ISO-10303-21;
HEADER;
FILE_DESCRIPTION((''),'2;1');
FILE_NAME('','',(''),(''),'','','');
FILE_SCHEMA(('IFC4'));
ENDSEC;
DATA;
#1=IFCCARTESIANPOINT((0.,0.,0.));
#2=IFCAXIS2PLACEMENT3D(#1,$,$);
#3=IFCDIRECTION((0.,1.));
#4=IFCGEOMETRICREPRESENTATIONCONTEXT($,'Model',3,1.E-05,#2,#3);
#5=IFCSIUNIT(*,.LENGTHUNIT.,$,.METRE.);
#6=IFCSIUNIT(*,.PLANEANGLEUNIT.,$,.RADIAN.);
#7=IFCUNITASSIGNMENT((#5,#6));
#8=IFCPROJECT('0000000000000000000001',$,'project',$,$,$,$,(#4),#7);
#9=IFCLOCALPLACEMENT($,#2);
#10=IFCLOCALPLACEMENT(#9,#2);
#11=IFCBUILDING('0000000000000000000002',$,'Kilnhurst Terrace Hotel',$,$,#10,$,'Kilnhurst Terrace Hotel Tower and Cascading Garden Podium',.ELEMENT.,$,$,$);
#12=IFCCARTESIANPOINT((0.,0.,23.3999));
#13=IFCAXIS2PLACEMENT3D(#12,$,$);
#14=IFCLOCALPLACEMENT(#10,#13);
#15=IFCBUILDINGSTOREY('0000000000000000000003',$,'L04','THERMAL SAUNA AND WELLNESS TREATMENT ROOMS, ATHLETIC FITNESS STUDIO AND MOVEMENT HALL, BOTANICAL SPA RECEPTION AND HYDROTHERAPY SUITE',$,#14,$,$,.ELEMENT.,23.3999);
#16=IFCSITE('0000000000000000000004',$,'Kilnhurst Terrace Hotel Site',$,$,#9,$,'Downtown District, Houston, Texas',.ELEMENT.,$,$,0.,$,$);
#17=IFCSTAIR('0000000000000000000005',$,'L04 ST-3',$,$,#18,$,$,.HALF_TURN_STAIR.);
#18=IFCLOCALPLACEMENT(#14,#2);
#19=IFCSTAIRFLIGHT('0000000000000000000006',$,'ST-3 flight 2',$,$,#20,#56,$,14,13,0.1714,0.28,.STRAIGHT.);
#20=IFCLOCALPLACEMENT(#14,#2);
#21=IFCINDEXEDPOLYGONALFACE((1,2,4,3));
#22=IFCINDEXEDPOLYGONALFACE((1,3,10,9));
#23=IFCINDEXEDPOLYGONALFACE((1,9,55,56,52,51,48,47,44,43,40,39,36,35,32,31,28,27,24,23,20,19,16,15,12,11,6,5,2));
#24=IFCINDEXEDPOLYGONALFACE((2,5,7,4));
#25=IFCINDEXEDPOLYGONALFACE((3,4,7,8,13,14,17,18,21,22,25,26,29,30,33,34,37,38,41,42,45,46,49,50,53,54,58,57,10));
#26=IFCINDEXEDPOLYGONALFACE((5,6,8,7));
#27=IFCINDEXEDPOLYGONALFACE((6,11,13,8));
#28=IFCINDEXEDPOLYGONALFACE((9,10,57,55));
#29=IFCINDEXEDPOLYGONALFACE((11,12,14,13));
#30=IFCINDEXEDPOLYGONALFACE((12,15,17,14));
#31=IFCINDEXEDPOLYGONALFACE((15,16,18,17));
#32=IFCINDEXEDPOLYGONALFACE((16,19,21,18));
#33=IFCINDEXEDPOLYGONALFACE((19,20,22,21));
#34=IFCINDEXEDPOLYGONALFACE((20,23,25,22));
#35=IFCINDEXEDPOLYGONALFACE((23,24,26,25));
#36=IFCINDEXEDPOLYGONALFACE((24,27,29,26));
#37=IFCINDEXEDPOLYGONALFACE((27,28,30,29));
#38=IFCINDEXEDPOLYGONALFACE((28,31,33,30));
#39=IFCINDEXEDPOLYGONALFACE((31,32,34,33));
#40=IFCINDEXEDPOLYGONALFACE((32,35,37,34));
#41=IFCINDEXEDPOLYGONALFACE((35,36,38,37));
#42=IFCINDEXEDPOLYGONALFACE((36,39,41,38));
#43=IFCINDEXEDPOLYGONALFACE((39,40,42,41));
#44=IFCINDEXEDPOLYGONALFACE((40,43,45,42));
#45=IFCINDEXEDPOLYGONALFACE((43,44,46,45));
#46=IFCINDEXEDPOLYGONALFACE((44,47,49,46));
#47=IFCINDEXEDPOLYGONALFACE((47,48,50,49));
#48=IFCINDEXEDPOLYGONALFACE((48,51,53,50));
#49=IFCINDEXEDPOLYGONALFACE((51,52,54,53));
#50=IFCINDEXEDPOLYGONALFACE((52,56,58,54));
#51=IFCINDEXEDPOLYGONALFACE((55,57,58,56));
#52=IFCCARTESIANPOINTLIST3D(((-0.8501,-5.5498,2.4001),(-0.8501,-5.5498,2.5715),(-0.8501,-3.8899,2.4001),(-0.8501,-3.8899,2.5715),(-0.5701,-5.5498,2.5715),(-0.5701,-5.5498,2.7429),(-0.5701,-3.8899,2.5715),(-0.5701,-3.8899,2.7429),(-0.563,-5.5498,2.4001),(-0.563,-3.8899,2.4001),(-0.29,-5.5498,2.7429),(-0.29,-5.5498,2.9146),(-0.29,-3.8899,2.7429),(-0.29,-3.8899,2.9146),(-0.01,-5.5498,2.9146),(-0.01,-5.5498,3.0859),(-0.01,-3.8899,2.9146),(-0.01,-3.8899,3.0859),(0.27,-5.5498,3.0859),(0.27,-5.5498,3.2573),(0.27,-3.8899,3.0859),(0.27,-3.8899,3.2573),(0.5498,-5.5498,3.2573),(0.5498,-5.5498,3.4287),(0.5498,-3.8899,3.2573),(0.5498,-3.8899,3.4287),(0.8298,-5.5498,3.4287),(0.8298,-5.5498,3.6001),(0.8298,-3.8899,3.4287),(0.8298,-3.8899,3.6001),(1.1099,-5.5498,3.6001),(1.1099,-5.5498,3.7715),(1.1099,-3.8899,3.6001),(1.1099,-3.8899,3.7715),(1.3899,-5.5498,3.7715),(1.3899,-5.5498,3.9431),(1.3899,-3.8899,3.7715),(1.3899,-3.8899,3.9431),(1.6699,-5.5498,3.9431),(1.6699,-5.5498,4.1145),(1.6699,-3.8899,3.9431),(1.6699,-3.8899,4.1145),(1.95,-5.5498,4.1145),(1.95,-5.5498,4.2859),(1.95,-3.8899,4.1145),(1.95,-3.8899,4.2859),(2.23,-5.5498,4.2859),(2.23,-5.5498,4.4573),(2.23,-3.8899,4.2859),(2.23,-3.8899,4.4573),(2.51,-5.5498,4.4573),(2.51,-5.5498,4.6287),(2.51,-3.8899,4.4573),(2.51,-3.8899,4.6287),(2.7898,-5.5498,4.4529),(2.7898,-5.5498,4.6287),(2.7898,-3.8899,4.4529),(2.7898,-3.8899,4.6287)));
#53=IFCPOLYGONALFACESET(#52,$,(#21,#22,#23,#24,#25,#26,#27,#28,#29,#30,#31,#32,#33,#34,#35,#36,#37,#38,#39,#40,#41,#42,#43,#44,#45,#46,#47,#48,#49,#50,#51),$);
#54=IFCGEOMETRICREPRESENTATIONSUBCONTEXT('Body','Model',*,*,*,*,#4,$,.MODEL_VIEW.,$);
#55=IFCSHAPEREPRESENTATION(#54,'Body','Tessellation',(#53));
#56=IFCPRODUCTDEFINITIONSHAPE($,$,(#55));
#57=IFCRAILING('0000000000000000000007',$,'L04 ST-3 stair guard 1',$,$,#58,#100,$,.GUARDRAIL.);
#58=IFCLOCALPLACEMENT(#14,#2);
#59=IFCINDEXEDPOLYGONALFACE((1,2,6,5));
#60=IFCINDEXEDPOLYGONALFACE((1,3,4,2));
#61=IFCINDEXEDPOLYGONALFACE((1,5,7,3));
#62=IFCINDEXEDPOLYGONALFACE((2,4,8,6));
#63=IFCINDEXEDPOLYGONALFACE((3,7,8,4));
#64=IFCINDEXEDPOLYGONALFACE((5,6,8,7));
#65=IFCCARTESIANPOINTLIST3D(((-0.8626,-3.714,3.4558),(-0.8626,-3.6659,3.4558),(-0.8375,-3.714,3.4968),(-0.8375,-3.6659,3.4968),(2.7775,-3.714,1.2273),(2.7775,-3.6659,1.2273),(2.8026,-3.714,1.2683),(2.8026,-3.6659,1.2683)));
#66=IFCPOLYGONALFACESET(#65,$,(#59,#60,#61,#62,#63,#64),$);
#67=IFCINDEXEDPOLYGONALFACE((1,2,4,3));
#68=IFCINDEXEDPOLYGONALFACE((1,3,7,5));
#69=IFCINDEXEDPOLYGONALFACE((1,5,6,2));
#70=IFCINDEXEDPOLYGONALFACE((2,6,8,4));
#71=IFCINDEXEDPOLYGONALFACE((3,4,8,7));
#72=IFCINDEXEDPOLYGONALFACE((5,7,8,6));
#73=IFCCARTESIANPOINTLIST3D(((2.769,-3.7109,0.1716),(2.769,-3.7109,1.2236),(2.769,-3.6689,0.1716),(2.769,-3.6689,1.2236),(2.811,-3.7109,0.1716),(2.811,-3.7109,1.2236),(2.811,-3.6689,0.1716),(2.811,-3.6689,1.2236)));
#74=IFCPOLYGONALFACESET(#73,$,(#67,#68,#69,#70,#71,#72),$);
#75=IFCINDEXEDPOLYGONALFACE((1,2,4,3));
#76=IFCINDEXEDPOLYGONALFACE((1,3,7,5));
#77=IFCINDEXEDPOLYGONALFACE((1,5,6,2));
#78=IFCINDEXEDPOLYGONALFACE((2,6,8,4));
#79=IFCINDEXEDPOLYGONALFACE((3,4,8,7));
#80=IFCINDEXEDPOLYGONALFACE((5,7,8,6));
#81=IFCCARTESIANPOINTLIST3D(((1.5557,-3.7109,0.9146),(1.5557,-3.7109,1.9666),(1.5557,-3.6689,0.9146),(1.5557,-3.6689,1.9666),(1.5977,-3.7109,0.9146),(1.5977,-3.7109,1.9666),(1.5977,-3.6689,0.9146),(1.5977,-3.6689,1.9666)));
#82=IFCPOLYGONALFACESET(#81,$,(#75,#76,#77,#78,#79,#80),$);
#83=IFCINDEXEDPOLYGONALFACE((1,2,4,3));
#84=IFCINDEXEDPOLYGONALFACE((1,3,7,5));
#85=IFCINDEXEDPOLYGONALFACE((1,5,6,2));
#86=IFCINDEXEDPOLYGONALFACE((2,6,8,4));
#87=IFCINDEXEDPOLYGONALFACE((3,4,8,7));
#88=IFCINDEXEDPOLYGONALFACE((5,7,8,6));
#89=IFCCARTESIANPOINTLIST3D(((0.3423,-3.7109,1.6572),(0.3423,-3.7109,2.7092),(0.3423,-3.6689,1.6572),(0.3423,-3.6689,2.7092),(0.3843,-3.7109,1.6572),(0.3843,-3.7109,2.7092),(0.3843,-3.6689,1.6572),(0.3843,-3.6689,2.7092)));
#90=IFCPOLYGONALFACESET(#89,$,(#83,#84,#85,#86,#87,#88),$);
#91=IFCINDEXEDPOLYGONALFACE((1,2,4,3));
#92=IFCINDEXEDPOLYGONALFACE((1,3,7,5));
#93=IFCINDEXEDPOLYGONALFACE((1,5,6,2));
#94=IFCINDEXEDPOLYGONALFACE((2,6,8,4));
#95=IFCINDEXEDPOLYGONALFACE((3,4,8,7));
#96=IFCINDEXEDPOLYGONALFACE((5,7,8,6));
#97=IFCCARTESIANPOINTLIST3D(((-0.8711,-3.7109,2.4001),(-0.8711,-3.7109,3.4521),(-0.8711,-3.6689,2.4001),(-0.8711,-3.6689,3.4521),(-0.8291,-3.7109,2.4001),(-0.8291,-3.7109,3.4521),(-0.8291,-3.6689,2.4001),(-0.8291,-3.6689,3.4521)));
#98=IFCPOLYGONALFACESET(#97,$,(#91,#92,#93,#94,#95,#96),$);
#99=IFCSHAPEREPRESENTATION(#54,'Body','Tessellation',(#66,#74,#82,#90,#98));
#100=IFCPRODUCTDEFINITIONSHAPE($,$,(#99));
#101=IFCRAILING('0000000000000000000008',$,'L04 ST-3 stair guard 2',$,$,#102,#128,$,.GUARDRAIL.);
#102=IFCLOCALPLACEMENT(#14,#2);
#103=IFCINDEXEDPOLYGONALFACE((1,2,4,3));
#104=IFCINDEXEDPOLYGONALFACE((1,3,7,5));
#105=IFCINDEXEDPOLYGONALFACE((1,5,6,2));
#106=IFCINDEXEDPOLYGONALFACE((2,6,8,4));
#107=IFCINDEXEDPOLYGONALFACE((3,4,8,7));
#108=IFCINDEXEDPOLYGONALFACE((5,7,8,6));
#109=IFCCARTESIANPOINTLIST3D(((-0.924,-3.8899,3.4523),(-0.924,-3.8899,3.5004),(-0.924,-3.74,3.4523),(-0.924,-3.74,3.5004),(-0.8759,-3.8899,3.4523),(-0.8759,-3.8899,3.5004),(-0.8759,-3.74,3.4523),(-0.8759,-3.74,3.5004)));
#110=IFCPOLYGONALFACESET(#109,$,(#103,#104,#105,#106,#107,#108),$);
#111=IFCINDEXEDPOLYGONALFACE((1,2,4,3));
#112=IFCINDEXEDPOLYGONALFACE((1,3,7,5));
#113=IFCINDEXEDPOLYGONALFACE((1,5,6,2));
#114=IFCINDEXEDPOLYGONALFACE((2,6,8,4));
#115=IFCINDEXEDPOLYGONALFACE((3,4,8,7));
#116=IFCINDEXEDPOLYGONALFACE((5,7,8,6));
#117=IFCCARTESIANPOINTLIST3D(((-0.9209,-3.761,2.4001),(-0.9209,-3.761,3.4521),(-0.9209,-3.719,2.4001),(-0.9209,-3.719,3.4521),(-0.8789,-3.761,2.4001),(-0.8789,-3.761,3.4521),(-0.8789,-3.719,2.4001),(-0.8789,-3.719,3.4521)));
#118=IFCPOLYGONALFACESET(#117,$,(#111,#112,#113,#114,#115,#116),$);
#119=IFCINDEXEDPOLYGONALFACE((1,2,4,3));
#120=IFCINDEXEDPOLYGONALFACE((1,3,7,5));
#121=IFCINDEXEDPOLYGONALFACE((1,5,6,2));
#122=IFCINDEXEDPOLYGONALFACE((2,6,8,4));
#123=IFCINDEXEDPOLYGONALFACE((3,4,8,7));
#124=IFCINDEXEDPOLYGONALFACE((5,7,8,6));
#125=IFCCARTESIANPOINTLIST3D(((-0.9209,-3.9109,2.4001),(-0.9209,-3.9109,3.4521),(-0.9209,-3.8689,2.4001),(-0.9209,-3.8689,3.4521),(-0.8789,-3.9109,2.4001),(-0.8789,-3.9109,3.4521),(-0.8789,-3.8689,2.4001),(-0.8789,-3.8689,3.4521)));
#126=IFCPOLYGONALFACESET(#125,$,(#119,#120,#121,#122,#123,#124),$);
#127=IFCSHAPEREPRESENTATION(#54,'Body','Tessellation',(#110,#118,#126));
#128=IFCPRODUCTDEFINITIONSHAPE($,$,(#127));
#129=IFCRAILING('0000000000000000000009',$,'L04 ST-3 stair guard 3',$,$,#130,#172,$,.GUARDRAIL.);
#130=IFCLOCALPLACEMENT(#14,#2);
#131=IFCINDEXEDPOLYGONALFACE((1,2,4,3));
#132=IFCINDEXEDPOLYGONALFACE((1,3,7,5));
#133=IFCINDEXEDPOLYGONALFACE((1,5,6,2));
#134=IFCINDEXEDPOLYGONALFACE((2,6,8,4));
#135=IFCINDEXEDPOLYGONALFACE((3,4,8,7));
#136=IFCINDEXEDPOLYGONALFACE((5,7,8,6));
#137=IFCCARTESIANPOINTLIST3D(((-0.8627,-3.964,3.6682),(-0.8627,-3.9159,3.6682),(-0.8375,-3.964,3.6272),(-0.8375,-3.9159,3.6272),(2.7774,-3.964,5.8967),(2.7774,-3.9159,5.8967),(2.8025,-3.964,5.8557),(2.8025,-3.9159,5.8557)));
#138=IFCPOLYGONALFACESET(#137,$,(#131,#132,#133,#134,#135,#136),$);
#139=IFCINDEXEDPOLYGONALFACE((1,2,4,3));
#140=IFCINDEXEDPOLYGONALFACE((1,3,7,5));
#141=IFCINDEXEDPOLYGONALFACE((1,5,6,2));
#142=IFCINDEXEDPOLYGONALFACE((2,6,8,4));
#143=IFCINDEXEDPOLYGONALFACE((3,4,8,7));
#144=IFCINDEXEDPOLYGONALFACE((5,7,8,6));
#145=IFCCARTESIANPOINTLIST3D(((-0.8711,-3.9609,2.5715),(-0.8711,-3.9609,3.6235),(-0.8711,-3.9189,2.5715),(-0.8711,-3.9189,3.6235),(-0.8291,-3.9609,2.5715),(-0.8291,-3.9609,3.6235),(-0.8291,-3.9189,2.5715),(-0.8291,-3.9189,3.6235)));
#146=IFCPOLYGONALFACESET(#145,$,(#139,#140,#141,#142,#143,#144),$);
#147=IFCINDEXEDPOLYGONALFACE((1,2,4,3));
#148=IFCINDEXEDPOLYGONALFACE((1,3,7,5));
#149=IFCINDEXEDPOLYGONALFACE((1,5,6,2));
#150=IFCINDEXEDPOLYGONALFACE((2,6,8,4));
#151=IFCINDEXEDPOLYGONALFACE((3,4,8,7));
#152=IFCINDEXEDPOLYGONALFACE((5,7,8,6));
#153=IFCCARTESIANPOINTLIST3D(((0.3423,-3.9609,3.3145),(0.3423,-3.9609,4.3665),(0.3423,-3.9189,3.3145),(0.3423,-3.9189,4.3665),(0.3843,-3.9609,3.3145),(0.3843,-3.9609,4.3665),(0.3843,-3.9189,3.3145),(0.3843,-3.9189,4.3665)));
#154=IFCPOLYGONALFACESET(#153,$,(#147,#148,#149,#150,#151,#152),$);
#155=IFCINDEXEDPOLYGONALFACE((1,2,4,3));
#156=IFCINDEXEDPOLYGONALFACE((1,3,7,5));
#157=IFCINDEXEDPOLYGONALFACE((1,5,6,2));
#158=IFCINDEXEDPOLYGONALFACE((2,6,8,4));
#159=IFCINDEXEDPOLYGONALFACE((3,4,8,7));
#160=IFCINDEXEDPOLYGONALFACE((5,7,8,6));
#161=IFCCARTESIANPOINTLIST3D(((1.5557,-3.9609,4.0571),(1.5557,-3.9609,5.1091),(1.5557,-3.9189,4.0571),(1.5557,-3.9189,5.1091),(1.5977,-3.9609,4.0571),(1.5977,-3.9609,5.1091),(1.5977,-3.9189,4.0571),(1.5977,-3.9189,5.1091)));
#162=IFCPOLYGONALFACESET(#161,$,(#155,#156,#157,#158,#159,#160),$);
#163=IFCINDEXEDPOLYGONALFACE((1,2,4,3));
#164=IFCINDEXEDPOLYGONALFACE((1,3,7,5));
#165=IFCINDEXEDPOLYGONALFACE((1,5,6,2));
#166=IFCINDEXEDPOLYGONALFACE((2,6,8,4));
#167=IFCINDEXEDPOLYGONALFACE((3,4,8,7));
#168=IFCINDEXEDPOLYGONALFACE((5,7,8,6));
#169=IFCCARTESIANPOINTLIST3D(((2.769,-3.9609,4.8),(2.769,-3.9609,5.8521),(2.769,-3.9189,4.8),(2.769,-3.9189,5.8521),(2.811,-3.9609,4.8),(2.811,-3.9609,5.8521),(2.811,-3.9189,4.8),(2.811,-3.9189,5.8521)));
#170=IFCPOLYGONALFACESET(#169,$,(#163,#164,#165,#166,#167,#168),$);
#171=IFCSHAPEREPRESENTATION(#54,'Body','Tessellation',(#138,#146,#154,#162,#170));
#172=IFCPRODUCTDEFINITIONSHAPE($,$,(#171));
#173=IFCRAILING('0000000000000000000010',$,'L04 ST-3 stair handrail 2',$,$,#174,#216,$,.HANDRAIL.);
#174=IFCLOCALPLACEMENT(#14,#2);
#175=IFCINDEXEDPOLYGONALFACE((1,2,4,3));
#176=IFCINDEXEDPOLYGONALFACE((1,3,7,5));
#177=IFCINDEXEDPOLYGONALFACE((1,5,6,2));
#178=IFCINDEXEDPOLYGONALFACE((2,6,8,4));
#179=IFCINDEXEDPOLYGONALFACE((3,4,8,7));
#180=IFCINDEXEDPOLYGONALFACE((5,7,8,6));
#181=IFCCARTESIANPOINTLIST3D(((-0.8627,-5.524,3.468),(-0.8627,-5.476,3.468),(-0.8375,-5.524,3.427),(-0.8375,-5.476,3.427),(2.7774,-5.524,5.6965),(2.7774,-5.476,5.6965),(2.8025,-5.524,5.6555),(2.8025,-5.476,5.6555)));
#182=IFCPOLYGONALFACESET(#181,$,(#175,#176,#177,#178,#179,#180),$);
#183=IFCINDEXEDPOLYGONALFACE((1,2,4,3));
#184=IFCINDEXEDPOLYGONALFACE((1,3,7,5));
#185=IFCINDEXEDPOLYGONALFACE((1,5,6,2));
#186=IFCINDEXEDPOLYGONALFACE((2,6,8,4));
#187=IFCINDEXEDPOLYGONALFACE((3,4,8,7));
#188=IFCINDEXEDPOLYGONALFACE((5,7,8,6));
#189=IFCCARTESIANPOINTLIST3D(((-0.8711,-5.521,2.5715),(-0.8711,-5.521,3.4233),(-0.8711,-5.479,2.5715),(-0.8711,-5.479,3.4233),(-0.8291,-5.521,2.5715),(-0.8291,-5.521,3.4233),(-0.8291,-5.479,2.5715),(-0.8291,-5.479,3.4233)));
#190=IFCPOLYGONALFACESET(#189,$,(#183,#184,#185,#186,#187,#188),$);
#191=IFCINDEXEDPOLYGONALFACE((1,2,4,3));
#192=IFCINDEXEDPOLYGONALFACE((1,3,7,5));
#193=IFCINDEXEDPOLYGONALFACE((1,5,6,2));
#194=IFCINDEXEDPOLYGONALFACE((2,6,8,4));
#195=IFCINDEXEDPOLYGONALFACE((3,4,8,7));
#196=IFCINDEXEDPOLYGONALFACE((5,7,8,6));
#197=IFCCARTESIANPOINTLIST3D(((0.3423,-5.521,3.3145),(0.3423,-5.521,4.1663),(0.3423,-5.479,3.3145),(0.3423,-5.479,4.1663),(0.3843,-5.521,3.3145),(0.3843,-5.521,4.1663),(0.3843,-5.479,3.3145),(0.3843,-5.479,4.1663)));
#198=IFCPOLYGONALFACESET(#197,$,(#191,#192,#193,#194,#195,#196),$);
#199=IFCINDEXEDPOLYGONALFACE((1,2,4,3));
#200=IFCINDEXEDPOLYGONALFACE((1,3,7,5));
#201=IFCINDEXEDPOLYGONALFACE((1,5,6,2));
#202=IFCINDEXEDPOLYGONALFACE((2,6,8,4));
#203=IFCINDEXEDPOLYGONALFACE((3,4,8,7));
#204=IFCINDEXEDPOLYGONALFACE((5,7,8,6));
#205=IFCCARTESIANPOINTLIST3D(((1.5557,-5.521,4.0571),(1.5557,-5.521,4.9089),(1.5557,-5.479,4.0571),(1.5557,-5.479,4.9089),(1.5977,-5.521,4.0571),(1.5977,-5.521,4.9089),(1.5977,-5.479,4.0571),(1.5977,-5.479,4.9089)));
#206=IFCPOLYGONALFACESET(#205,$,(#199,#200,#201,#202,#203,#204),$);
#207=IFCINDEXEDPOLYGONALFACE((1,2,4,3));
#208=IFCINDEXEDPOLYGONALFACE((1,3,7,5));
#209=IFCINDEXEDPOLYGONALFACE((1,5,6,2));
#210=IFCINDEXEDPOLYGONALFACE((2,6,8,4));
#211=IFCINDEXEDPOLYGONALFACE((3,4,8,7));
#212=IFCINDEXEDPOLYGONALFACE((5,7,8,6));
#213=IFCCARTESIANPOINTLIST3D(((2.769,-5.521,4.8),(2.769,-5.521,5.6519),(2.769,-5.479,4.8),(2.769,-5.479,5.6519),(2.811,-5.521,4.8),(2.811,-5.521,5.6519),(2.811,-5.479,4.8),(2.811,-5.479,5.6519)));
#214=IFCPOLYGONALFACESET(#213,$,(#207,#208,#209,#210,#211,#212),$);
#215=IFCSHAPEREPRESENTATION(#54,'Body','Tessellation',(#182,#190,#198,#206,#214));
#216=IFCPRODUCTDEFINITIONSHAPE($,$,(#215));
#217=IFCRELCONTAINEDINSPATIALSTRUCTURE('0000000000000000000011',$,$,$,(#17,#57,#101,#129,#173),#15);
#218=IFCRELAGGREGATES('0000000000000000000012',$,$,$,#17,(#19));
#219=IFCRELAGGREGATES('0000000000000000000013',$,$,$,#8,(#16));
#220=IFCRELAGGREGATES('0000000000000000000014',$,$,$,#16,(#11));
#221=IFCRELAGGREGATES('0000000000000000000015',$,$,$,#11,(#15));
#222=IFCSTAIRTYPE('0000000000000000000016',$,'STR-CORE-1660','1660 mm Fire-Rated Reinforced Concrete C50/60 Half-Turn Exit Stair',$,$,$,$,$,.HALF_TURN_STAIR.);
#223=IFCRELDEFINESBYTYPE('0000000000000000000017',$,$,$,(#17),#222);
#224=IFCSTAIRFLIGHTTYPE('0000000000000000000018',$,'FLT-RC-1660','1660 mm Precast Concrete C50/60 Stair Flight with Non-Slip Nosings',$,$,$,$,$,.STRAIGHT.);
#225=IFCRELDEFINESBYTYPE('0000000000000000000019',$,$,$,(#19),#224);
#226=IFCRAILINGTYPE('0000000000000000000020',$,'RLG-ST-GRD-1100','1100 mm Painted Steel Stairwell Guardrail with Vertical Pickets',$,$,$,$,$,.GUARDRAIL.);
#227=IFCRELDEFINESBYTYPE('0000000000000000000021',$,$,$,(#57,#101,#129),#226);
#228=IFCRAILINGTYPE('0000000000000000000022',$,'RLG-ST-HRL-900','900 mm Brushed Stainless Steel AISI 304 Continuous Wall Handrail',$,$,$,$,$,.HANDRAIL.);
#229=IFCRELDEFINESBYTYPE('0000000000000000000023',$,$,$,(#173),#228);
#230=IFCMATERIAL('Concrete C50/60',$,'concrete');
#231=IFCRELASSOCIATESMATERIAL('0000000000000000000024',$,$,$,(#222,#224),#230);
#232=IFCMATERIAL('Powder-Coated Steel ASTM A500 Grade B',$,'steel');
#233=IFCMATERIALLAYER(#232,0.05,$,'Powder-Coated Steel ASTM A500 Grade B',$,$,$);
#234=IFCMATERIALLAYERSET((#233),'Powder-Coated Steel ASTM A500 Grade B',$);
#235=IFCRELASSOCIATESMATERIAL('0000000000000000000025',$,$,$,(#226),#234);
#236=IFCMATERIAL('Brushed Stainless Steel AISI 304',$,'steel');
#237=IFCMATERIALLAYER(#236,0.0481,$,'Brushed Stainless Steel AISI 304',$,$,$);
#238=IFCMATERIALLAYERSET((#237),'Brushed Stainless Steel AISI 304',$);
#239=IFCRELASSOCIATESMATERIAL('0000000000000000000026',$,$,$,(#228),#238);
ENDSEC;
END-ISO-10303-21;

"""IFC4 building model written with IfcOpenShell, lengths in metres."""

from ifc_helpers import new_model, si_unit, direction, frame, origin, origin_2d, place, context, subcontext, project, spatial, polyline, rectangle, outline, extrude, material, layer, layer_set, type_object, element, aggregate, save


model = new_model("IFC4")

# Units and contexts
model_context = context("Model", 3, precision=1e-05, world=origin(), true_north=direction((0.0, 1.0)))
body_context = subcontext(model_context, "Body", "Model", "MODEL_VIEW")
ifc_project = project(units=[si_unit("LENGTHUNIT", "METRE"), si_unit("PLANEANGLEUNIT", "RADIAN")], contexts=[model_context])

# Site, building, storey
site_placement = place(None, origin())
site = spatial("IfcSite", under=ifc_project, at=site_placement, Name="Kilnhurst Terrace Hotel Site", LongName="Downtown District, Houston, Texas", CompositionType="ELEMENT", RefElevation=0.0)
building_placement = place(site_placement, origin())
building = spatial("IfcBuilding", under=site, at=building_placement, Name="Kilnhurst Terrace Hotel", LongName="Kilnhurst Terrace Hotel Tower and Cascading Garden Podium", CompositionType="ELEMENT")
storey_placement = place(building_placement, frame((0.0, 0.0, 23.3999)))
storey = spatial("IfcBuildingStorey", under=building, at=storey_placement, Name="L04", Description="THERMAL SAUNA AND WELLNESS TREATMENT ROOMS, ATHLETIC FITNESS STUDIO AND MOVEMENT HALL, BOTANICAL SPA RECEPTION AND HYDROTHERAPY SUITE", CompositionType="ELEMENT", Elevation=23.3999)

# Stair, stair flight
ifc_material_1 = material(Name="Concrete C50/60", Category="concrete")
stair_type = type_object("IfcStairType", Name="STR-CORE-1660", Description="1660 mm Fire-Rated Reinforced Concrete C50/60 Half-Turn Exit Stair", PredefinedType="HALF_TURN_STAIR", material=ifc_material_1)
stair_placement = place(storey_placement, origin())
stair = element("IfcStair", 1, at=stair_placement, inside=storey, type_object=stair_type, Name="L04 ST-3", PredefinedType="HALF_TURN_STAIR")
stair_flight_type = type_object("IfcStairFlightType", Name="FLT-RC-1660", Description="1660 mm Precast Concrete C50/60 Stair Flight with Non-Slip Nosings", PredefinedType="STRAIGHT", material=ifc_material_1)
stair_flight_placement = place(storey_placement, frame((-0.8501, -4.72, 2.4001), z_axis=(0.0, 0.0, 1.0), x_axis=(1.0, 0.0, 0.0)))
stair_flight = element("IfcStairFlight", 2, at=stair_flight_placement, type_object=stair_flight_type, Name="ST-3 flight 2", NumberOfRisers=14, NumberOfTreads=13, PredefinedType="STRAIGHT", RiserHeight=0.1714, TreadLength=0.28, context=body_context, shape_type="SweptSolid", body=[
    extrude(outline(polyline([(0.0, 0.0), (0.0, 0.1714), (0.28, 0.1714), (0.28, 0.3428), (0.5601, 0.3428), (0.5601, 0.5144), (0.8401, 0.5144), (0.8401, 0.6858), (1.1201, 0.6858), (1.1201, 0.8572), (1.3999, 0.8572), (1.3999, 1.0286), (1.6799, 1.0286), (1.6799, 1.2), (1.96, 1.2), (1.96, 1.3713), (2.24, 1.3713), (2.24, 1.543), (2.52, 1.543), (2.52, 1.7144), (2.8, 1.7144), (2.8, 1.8857), (3.0801, 1.8857), (3.0801, 2.0571), (3.3601, 2.0571), (3.3601, 2.2285), (3.6399, 2.2285), (3.6399, 2.3999), (3.6399, 2.0527), (0.2871, 0.0), (0.0, 0.0)])), frame((0.0, 0.8301, 0.0), z_axis=(0.0, -1.0, 0.0), x_axis=(1.0, 0.0, 0.0)), (0.0, 0.0, 1.0), 1.6599),
])
aggregate(stair, [stair_flight])

# Railings
ifc_material_2 = material(Name="Powder-Coated Steel ASTM A500 Grade B", Category="steel")
ifc_layer_1 = layer(ifc_material_2, 0.05, Name="Powder-Coated Steel ASTM A500 Grade B")
ifc_layer_set_1 = layer_set([ifc_layer_1], Name="Powder-Coated Steel ASTM A500 Grade B")
railing_type_1 = type_object("IfcRailingType", Name="RLG-ST-GRD-1100", Description="1100 mm Painted Steel Stairwell Guardrail with Vertical Pickets", PredefinedType="GUARDRAIL", material=ifc_layer_set_1)
railing_1_placement = place(storey_placement, frame((2.79, -3.6899, 0.1716)))
element("IfcRailing", 3, at=railing_1_placement, inside=storey, type_object=railing_type_1, Name="L04 ST-3 stair guard 1", PredefinedType="GUARDRAIL", context=body_context, shape_type="SweptSolid", body=[
    extrude(rectangle(XDim=0.0481, YDim=0.0481, at=origin_2d()), frame((0.0, 0.0, 1.0762), z_axis=(-0.852866, 0.0, 0.52213), x_axis=(0.0, -1.0, 0.0)), (0.0, 0.0, 1.0), 4.2681),
    extrude(rectangle(XDim=0.042, YDim=0.042, at=origin_2d()), origin(), (0.0, 0.0, 1.0), 1.052),
    extrude(rectangle(XDim=0.042, YDim=0.042, at=origin_2d()), frame((-1.2134, 0.0, 0.7429)), (0.0, 0.0, 1.0), 1.052),
    extrude(rectangle(XDim=0.042, YDim=0.042, at=origin_2d()), frame((-2.4268, 0.0, 1.4856)), (0.0, 0.0, 1.0), 1.052),
    extrude(rectangle(XDim=0.042, YDim=0.042, at=origin_2d()), frame((-3.6401, 0.0, 2.2285)), (0.0, 0.0, 1.0), 1.052),
])
railing_2_placement = place(storey_placement, frame((-0.8999, -3.74, 2.4001)))
element("IfcRailing", 4, at=railing_2_placement, inside=storey, type_object=railing_type_1, Name="L04 ST-3 stair guard 2", PredefinedType="GUARDRAIL", context=body_context, shape_type="SweptSolid", body=[
    extrude(rectangle(XDim=0.0481, YDim=0.0481, at=origin_2d()), frame((0.0, 0.0, 1.0762), z_axis=(0.0, -1.0, 0.0), x_axis=(1.0, 0.0, 0.0)), (0.0, 0.0, 1.0), 0.1499),
    extrude(rectangle(XDim=0.042, YDim=0.042, at=origin_2d()), origin(), (0.0, 0.0, 1.0), 1.052),
    extrude(rectangle(XDim=0.042, YDim=0.042, at=origin_2d()), frame((0.0, -0.1499, 0.0)), (0.0, 0.0, 1.0), 1.052),
])
railing_3_placement = place(storey_placement, frame((-0.8501, -3.9399, 2.5715)))
element("IfcRailing", 5, at=railing_3_placement, inside=storey, type_object=railing_type_1, Name="L04 ST-3 stair guard 3", PredefinedType="GUARDRAIL", context=body_context, shape_type="SweptSolid", body=[
    extrude(rectangle(XDim=0.0481, YDim=0.0481, at=origin_2d()), frame((0.0, 0.0, 1.0762), z_axis=(0.852866, 0.0, 0.52213), x_axis=(0.0, 1.0, 0.0)), (0.0, 0.0, 1.0), 4.2681),
    extrude(rectangle(XDim=0.042, YDim=0.042, at=origin_2d()), origin(), (0.0, 0.0, 1.0), 1.052),
    extrude(rectangle(XDim=0.042, YDim=0.042, at=origin_2d()), frame((1.2134, 0.0, 0.7429)), (0.0, 0.0, 1.0), 1.052),
    extrude(rectangle(XDim=0.042, YDim=0.042, at=origin_2d()), frame((2.4268, 0.0, 1.4856)), (0.0, 0.0, 1.0), 1.052),
    extrude(rectangle(XDim=0.042, YDim=0.042, at=origin_2d()), frame((3.6401, 0.0, 2.2285)), (0.0, 0.0, 1.0), 1.052),
])
ifc_material_3 = material(Name="Brushed Stainless Steel AISI 304", Category="steel")
ifc_layer_2 = layer(ifc_material_3, 0.0481, Name="Brushed Stainless Steel AISI 304")
ifc_layer_set_2 = layer_set([ifc_layer_2], Name="Brushed Stainless Steel AISI 304")
railing_type_2 = type_object("IfcRailingType", Name="RLG-ST-HRL-900", Description="900 mm Brushed Stainless Steel AISI 304 Continuous Wall Handrail", PredefinedType="HANDRAIL", material=ifc_layer_set_2)
railing_4_placement = place(storey_placement, frame((-0.8501, -5.5, 2.5715)))
element("IfcRailing", 6, at=railing_4_placement, inside=storey, type_object=railing_type_2, Name="L04 ST-3 stair handrail 2", PredefinedType="HANDRAIL", context=body_context, shape_type="SweptSolid", body=[
    extrude(rectangle(XDim=0.0481, YDim=0.0481, at=origin_2d()), frame((0.0, 0.0, 0.876), z_axis=(0.852866, 0.0, 0.52213), x_axis=(0.0, 1.0, 0.0)), (0.0, 0.0, 1.0), 4.2681),
    extrude(rectangle(XDim=0.042, YDim=0.042, at=origin_2d()), origin(), (0.0, 0.0, 1.0), 0.8518),
    extrude(rectangle(XDim=0.042, YDim=0.042, at=origin_2d()), frame((1.2134, 0.0, 0.7429)), (0.0, 0.0, 1.0), 0.8518),
    extrude(rectangle(XDim=0.042, YDim=0.042, at=origin_2d()), frame((2.4268, 0.0, 1.4856)), (0.0, 0.0, 1.0), 0.8518),
    extrude(rectangle(XDim=0.042, YDim=0.042, at=origin_2d()), frame((3.6401, 0.0, 2.2285)), (0.0, 0.0, 1.0), 0.8518),
])

save(model, "model.ifc")
